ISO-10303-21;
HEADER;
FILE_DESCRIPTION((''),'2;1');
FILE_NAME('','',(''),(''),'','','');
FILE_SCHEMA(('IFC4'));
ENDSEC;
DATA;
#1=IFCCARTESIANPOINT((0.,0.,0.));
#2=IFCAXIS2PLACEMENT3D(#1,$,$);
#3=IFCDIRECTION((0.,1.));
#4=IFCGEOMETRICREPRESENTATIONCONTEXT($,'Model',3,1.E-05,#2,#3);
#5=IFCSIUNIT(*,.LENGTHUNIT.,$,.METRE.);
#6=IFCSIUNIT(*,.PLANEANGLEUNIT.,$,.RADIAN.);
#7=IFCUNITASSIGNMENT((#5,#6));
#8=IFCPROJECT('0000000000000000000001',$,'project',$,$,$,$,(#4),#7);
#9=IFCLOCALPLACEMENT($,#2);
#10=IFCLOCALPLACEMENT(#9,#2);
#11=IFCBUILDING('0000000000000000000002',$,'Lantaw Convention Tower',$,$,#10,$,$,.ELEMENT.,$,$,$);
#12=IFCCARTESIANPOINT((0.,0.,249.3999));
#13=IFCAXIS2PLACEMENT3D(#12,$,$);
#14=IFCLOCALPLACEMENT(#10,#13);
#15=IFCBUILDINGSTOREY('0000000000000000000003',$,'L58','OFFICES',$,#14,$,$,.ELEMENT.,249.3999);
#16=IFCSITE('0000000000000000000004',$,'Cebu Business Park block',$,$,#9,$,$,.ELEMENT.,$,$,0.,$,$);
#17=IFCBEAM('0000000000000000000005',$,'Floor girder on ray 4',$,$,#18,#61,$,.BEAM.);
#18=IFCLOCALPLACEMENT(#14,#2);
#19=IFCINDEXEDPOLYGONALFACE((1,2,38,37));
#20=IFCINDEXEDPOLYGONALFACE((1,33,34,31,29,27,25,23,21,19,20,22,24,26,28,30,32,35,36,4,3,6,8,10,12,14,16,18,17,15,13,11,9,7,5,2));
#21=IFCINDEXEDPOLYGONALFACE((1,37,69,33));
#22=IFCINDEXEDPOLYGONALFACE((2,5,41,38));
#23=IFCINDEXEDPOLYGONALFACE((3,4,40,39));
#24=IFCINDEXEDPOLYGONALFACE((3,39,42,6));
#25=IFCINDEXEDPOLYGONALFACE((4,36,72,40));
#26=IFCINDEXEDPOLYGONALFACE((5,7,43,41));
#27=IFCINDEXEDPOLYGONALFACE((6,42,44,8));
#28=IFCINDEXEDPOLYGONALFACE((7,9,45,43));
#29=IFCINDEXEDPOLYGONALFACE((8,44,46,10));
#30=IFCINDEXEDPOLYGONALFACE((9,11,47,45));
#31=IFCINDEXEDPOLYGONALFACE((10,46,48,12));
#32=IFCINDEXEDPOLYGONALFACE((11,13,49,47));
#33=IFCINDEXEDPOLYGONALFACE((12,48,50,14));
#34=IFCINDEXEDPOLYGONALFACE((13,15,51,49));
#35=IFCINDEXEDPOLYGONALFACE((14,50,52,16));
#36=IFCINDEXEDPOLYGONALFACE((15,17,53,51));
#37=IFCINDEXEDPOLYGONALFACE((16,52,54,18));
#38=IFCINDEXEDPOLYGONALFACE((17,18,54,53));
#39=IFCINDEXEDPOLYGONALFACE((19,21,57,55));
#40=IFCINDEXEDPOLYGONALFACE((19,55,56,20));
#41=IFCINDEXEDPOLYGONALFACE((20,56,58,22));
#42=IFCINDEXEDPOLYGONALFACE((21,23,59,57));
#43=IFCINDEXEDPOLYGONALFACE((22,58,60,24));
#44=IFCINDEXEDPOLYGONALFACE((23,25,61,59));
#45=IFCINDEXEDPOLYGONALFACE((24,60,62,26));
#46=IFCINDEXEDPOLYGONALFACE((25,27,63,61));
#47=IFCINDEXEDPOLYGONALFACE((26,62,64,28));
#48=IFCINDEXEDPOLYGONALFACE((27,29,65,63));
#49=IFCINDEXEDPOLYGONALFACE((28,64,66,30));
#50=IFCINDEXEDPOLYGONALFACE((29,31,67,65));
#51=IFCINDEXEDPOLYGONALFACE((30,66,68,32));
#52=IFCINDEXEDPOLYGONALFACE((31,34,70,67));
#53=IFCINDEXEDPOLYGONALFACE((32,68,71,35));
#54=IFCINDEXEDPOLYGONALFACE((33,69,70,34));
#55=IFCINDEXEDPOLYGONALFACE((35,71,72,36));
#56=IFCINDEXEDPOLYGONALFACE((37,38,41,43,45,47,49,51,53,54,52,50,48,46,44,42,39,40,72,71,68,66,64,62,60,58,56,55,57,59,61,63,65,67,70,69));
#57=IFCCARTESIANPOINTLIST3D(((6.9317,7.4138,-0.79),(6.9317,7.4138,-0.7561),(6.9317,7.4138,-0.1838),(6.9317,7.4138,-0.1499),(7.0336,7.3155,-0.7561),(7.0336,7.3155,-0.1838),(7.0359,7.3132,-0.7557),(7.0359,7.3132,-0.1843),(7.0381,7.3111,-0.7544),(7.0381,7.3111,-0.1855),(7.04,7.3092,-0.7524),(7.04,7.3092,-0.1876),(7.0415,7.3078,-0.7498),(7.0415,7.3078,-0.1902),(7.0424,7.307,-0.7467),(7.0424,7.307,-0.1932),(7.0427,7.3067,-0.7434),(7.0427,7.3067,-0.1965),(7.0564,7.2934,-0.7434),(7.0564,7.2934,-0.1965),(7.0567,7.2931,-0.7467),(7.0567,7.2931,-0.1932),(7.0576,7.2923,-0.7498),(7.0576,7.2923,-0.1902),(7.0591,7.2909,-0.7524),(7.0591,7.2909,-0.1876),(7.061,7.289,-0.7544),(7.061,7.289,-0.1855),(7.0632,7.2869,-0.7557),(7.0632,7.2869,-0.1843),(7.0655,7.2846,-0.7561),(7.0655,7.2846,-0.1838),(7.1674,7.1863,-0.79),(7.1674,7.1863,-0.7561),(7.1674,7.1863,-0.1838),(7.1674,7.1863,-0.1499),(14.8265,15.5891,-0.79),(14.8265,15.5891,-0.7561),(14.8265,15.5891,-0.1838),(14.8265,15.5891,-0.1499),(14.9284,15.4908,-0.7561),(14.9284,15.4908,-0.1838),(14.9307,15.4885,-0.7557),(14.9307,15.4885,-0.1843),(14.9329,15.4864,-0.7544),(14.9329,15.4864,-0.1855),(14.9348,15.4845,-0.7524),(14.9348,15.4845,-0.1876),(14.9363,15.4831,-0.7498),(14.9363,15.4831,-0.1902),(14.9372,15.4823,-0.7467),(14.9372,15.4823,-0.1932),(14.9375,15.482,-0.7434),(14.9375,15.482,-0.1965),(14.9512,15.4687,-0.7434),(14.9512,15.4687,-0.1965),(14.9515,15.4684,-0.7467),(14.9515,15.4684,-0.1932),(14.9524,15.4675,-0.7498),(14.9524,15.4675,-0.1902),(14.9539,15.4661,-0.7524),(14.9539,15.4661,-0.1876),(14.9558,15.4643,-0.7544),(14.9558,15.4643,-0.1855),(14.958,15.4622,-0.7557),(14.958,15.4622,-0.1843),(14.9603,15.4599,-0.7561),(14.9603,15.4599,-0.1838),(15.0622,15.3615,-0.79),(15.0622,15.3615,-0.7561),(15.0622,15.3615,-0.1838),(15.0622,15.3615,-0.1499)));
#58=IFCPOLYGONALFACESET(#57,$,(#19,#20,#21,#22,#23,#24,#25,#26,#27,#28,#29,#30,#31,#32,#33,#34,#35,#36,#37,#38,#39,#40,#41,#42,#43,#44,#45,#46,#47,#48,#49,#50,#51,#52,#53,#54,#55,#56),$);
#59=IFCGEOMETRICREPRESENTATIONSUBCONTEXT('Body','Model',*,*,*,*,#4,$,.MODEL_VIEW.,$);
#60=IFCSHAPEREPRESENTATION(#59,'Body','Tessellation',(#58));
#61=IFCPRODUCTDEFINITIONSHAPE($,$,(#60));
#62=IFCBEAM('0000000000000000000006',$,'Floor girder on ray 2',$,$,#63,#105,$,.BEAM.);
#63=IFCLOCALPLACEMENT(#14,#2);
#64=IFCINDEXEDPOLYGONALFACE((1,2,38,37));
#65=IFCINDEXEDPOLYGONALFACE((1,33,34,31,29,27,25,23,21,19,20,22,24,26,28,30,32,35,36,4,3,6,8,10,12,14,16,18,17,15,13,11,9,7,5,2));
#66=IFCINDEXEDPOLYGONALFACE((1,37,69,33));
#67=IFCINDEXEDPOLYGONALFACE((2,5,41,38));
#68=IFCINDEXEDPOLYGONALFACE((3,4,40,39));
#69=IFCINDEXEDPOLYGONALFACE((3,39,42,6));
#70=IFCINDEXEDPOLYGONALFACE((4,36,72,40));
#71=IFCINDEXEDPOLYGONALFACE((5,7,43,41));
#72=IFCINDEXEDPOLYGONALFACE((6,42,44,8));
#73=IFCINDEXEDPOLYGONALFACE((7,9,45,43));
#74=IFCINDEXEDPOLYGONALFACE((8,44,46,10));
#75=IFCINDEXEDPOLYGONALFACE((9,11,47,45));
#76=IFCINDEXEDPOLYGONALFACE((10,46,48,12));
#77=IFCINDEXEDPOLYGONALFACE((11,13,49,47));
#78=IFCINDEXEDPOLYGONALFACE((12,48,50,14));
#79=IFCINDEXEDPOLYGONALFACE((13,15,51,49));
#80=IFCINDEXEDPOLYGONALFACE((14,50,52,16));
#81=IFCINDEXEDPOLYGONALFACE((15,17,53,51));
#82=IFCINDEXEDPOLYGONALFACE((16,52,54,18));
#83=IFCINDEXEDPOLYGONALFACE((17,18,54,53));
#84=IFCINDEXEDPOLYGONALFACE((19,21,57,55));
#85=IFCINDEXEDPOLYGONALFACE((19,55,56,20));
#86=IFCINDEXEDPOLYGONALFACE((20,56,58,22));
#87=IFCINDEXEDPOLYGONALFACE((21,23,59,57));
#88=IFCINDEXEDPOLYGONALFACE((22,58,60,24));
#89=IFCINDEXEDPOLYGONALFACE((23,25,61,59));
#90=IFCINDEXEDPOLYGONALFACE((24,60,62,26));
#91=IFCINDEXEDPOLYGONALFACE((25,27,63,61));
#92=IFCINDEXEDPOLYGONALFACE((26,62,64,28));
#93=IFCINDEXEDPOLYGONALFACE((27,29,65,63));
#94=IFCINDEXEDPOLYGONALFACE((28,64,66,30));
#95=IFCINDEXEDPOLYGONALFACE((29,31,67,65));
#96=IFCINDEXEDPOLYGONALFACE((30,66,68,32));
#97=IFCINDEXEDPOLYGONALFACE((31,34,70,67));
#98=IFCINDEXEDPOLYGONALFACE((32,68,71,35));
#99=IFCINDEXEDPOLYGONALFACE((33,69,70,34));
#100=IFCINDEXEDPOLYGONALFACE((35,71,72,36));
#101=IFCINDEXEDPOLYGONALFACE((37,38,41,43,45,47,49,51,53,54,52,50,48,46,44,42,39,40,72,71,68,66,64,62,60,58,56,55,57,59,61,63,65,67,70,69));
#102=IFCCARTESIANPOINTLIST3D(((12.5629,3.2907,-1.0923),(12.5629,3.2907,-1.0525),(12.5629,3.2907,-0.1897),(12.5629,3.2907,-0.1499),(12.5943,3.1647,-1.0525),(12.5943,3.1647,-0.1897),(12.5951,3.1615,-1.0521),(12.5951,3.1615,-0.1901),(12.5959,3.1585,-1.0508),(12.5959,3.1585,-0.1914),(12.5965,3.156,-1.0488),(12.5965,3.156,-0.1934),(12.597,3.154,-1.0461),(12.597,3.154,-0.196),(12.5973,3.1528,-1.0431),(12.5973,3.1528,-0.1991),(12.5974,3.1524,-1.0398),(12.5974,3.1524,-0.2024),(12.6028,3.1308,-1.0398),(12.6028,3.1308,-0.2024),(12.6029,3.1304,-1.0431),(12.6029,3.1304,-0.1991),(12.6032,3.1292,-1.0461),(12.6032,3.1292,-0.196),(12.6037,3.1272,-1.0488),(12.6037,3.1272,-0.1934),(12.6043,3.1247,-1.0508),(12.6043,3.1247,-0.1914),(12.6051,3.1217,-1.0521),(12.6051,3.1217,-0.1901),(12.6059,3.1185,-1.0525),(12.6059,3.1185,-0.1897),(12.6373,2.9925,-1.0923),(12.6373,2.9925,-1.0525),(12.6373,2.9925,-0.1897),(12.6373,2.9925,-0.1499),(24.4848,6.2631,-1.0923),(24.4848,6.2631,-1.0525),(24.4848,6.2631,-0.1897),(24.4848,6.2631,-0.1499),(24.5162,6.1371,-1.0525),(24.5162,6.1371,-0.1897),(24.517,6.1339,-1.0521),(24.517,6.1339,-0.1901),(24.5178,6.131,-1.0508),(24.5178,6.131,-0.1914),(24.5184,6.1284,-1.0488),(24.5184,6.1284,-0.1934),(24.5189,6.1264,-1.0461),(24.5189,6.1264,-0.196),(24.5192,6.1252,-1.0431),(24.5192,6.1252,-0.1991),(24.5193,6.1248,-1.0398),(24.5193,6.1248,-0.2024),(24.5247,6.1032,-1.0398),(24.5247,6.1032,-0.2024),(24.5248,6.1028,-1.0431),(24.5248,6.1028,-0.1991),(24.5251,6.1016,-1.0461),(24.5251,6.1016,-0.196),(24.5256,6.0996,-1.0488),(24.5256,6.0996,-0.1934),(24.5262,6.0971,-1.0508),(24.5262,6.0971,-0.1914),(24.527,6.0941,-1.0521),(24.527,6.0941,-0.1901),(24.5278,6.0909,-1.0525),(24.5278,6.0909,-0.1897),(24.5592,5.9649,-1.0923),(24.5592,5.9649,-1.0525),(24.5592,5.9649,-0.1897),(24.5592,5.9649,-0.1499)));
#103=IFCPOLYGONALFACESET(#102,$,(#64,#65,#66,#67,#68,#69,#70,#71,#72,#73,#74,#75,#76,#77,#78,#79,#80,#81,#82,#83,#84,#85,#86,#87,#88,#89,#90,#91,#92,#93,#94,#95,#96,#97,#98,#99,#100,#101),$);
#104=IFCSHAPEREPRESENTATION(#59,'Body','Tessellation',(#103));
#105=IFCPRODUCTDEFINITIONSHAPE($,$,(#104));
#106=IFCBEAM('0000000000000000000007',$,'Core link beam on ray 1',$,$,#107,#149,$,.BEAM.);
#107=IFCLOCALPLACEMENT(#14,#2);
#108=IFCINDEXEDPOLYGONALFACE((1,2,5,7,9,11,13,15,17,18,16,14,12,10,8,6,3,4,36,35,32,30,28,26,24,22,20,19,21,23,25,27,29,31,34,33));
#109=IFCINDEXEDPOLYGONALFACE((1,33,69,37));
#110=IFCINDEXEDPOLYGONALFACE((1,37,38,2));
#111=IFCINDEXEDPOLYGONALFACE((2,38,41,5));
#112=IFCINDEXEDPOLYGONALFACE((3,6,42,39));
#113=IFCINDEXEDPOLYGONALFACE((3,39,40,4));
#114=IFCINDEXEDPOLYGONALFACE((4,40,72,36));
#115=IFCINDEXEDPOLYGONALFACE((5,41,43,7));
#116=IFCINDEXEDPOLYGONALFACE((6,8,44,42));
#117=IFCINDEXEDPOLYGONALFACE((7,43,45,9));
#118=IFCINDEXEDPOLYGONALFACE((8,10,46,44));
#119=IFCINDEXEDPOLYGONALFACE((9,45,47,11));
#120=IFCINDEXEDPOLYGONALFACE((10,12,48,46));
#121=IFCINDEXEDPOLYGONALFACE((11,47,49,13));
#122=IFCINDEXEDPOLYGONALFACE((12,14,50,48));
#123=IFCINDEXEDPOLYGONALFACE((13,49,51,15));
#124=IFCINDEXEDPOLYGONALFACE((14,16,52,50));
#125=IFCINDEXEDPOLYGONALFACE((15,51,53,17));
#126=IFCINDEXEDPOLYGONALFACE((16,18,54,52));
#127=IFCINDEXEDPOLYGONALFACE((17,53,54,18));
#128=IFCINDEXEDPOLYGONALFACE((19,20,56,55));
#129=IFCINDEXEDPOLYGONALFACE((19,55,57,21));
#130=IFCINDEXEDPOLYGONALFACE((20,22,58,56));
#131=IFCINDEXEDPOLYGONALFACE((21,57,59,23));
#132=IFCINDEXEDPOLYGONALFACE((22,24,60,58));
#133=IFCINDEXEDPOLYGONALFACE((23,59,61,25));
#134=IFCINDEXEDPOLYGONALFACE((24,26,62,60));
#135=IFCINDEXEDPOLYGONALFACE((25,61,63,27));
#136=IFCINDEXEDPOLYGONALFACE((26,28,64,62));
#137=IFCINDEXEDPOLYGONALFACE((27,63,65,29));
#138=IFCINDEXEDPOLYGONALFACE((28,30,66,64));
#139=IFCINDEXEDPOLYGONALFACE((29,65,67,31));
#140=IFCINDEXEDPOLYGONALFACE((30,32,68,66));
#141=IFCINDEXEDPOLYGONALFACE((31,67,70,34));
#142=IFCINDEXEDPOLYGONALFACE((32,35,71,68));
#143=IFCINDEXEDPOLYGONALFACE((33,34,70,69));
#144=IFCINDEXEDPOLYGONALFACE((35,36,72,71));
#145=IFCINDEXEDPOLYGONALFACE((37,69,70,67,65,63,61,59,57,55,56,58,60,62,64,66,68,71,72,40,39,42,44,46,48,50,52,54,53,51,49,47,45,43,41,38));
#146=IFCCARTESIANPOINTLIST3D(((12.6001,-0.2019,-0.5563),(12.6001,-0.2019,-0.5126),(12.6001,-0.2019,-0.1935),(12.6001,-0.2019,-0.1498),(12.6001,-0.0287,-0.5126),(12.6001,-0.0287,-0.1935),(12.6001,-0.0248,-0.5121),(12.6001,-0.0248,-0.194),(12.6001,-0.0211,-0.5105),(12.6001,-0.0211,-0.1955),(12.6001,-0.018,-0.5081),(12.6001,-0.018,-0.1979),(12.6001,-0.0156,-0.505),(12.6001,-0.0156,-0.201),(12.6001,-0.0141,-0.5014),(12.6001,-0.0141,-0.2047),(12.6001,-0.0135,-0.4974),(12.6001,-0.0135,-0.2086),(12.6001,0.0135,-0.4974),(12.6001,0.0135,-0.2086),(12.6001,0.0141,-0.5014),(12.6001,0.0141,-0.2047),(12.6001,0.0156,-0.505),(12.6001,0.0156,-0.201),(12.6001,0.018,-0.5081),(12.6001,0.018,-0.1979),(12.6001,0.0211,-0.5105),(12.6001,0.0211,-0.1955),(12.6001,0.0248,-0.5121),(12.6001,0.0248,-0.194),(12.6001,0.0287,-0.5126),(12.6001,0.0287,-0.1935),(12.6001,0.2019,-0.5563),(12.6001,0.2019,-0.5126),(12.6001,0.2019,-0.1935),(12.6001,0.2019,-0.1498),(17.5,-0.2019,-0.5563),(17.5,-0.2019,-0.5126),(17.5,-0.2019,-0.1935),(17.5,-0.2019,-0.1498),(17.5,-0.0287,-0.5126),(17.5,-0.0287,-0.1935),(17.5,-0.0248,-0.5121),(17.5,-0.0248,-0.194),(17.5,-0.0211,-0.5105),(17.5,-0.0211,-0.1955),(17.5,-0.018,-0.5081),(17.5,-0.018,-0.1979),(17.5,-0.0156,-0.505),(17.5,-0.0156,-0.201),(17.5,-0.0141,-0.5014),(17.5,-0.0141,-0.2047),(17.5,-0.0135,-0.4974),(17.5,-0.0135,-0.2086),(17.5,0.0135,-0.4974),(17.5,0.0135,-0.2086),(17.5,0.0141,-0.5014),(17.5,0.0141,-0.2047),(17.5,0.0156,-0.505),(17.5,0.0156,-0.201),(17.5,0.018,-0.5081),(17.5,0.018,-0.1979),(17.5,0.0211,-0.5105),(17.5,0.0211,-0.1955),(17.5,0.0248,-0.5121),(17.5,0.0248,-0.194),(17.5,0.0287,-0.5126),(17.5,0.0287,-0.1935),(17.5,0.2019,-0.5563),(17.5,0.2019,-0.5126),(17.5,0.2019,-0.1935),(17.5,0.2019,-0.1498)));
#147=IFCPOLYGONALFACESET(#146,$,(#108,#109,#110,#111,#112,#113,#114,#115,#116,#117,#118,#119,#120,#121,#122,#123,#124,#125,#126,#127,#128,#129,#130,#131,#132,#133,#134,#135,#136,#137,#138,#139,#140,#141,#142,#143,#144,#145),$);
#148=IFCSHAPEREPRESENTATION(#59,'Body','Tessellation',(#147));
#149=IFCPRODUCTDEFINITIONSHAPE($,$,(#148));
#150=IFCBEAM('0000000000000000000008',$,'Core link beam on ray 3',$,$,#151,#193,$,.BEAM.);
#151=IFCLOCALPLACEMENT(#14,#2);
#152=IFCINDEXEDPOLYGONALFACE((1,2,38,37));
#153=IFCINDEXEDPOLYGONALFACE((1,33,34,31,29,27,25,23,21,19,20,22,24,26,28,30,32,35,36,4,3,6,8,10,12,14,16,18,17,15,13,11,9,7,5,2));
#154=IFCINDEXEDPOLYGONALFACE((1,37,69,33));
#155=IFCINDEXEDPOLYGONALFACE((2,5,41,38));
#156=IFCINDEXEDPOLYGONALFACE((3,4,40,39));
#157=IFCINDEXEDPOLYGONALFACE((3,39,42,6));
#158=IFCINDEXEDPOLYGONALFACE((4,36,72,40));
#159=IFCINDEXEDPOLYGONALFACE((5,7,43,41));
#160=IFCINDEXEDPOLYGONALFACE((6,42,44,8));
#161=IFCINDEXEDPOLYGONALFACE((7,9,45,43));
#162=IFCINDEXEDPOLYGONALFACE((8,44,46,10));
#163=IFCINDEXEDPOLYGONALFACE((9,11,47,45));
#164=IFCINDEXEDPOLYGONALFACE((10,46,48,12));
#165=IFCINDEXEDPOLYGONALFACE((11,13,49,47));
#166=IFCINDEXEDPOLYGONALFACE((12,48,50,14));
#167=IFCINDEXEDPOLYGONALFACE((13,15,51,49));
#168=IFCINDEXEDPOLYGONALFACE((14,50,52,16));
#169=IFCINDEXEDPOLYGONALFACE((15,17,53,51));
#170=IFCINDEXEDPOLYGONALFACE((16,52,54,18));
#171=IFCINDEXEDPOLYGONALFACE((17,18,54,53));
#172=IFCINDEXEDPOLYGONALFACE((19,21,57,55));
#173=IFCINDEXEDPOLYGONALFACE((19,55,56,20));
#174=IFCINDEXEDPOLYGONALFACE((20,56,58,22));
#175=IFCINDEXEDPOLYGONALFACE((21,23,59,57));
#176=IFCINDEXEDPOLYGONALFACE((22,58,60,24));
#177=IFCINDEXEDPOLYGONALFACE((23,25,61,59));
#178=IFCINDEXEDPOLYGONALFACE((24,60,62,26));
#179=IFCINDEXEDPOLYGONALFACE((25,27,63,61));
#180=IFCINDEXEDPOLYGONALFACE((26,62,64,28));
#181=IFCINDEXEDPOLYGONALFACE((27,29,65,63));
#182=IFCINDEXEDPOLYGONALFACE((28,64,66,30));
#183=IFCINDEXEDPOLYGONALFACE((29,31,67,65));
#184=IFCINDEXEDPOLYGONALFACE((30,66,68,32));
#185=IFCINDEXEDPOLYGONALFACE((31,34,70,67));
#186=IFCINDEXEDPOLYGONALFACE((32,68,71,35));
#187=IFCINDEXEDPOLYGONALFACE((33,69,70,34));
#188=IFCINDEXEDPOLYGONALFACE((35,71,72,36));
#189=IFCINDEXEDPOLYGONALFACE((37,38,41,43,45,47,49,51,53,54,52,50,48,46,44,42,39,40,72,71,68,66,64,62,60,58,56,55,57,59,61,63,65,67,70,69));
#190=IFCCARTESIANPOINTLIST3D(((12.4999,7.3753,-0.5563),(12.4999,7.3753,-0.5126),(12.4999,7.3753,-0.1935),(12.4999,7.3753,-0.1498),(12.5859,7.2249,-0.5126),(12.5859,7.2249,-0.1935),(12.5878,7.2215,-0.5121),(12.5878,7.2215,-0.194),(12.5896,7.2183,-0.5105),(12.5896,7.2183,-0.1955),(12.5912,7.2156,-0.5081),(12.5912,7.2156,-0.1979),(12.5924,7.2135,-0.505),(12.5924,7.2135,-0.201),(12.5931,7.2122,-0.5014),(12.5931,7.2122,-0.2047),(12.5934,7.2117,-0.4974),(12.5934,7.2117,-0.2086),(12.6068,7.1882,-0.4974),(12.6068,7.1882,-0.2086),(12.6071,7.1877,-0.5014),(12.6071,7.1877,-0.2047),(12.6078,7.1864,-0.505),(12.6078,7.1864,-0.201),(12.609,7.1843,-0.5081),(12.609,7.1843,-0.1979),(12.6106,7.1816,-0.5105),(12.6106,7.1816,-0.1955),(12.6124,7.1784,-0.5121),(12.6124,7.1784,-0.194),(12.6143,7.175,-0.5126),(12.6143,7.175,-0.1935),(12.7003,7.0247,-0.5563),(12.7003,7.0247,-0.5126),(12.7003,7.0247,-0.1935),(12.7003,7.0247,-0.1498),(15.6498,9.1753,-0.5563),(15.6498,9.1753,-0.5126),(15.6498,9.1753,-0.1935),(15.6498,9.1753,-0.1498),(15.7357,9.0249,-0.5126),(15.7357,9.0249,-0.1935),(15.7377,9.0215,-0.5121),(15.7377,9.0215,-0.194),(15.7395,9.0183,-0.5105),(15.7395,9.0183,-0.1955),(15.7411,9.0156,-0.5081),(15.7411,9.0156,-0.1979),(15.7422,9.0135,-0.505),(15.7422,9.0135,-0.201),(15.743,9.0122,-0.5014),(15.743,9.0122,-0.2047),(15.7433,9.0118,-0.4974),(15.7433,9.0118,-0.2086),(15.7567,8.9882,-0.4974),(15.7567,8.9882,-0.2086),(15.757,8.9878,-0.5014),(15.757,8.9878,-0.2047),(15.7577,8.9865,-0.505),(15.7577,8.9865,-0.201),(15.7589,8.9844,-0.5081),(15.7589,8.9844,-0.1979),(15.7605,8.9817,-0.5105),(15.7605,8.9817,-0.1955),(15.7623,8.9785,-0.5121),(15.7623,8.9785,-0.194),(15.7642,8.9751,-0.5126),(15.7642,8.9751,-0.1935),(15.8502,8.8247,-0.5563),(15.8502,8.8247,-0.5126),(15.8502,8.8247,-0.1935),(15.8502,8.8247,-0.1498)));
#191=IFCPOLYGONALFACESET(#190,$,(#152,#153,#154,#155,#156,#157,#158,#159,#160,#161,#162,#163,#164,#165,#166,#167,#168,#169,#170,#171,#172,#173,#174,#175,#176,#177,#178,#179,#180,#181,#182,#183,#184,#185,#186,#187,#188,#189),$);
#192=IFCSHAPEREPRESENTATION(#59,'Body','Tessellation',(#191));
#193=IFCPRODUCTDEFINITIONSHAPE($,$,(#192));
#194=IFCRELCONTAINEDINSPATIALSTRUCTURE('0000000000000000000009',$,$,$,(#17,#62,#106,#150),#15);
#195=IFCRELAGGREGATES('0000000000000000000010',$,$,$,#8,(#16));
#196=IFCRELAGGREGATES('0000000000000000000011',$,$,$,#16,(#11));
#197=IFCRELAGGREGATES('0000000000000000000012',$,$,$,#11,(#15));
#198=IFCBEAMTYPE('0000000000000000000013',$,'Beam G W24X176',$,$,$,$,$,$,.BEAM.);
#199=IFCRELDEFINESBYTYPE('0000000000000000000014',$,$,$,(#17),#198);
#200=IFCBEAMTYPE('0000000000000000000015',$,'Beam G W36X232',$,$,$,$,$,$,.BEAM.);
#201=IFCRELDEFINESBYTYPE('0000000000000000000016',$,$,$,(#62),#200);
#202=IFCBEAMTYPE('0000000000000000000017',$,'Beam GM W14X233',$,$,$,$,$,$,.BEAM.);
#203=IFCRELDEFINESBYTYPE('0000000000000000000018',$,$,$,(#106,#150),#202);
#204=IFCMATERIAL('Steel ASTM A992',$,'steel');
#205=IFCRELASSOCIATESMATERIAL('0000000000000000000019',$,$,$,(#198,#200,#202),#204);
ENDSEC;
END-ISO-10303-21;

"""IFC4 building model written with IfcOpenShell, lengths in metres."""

from ifc_helpers import new_model, si_unit, direction, frame, origin, origin_2d, place, context, subcontext, project, spatial, i_section, extrude, material, material_profile, profile_set, type_object, element, save


model = new_model("IFC4")

# Units and contexts
model_context = context("Model", 3, precision=1e-05, world=origin(), true_north=direction((0.0, 1.0)))
body_context = subcontext(model_context, "Body", "Model", "MODEL_VIEW")
ifc_project = project(units=[si_unit("LENGTHUNIT", "METRE"), si_unit("PLANEANGLEUNIT", "RADIAN")], contexts=[model_context])

# Site, building, storey
site_placement = place(None, origin())
site = spatial("IfcSite", under=ifc_project, at=site_placement, Name="Cebu Business Park block", CompositionType="ELEMENT", RefElevation=0.0)
building_placement = place(site_placement, origin())
building = spatial("IfcBuilding", under=site, at=building_placement, Name="Lantaw Convention Tower", CompositionType="ELEMENT")
storey_placement = place(building_placement, frame((0.0, 0.0, 249.3999)))
storey = spatial("IfcBuildingStorey", under=building, at=storey_placement, Name="L58", Description="OFFICES", CompositionType="ELEMENT", Elevation=249.3999)

# Beams
ifc_material_1 = material(Name="Steel ASTM A992", Category="steel")
ifc_material_profile_1 = material_profile(ifc_material_1, i_section(OverallWidth=0.3276, OverallDepth=0.6401, WebThickness=0.019, FlangeThickness=0.0339, FilletRadius=0.0127, at=origin_2d()), Name="W24X176")
ifc_profile_set_1 = profile_set([ifc_material_profile_1], Name="Steel ASTM A992")
beam_type_1 = type_object("IfcBeamType", Name="Beam G W24X176", PredefinedType="BEAM", material=ifc_profile_set_1)
beam_1_placement = place(storey_placement, frame((7.0496, 7.3, -0.47), z_axis=(0.694658, 0.71934, 0.0), x_axis=(-0.71934, 0.694658, 0.0)))
element("IfcBeam", 1, at=beam_1_placement, inside=storey, type_object=beam_type_1, Name="Floor girder on ray 4", PredefinedType="BEAM", context=body_context, shape_type="SweptSolid", body=[
    extrude(i_section(OverallWidth=0.3276, OverallDepth=0.6401, WebThickness=0.019, FlangeThickness=0.0339, FilletRadius=0.0127, at=origin_2d()), origin(), (0.0, 0.0, 1.0), 11.365),
])
ifc_material_profile_2 = material_profile(ifc_material_1, i_section(OverallWidth=0.3074, OverallDepth=0.9424, WebThickness=0.0222, FlangeThickness=0.0398, FilletRadius=0.0127, at=origin_2d()), Name="W36X232")
ifc_profile_set_2 = profile_set([ifc_material_profile_2], Name="Steel ASTM A992")
beam_type_2 = type_object("IfcBeamType", Name="Beam G W36X232", PredefinedType="BEAM", material=ifc_profile_set_2)
beam_2_placement = place(storey_placement, frame((12.6001, 3.1416, -0.6211), z_axis=(0.970297, 0.241918, 0.0), x_axis=(-0.241918, 0.970297, 0.0)))
element("IfcBeam", 2, at=beam_2_placement, inside=storey, type_object=beam_type_2, Name="Floor girder on ray 2", PredefinedType="BEAM", context=body_context, shape_type="SweptSolid", body=[
    extrude(i_section(OverallWidth=0.3074, OverallDepth=0.9424, WebThickness=0.0222, FlangeThickness=0.0398, FilletRadius=0.0127, at=origin_2d()), origin(), (0.0, 0.0, 1.0), 12.2869),
])
ifc_material_profile_3 = material_profile(ifc_material_1, i_section(OverallWidth=0.4038, OverallDepth=0.4065, WebThickness=0.0271, FlangeThickness=0.0437, FilletRadius=0.0151, at=origin_2d()), Name="W14X233")
ifc_profile_set_3 = profile_set([ifc_material_profile_3], Name="Steel ASTM A992")
beam_type_3 = type_object("IfcBeamType", Name="Beam GM W14X233", PredefinedType="BEAM", material=ifc_profile_set_3)
beam_3_placement = place(storey_placement, frame((12.6001, 0.0, -0.353), z_axis=(1.0, 0.0, 0.0), x_axis=(0.0, 1.0, 0.0)))
element("IfcBeam", 3, at=beam_3_placement, inside=storey, type_object=beam_type_3, Name="Core link beam on ray 1", PredefinedType="BEAM", context=body_context, shape_type="SweptSolid", body=[
    extrude(i_section(OverallWidth=0.4038, OverallDepth=0.4065, WebThickness=0.0271, FlangeThickness=0.0437, FilletRadius=0.0151, at=origin_2d()), origin(), (0.0, 0.0, 1.0), 4.8999),
])
beam_4_placement = place(storey_placement, frame((12.6001, 7.2, -0.353), z_axis=(0.868231, 0.496161, 0.0), x_axis=(-0.496161, 0.868231, 0.0)))
element("IfcBeam", 4, at=beam_4_placement, inside=storey, type_object=beam_type_3, Name="Core link beam on ray 3", PredefinedType="BEAM", context=body_context, shape_type="SweptSolid", body=[
    extrude(i_section(OverallWidth=0.4038, OverallDepth=0.4065, WebThickness=0.0271, FlangeThickness=0.0437, FilletRadius=0.0151, at=origin_2d()), origin(), (0.0, 0.0, 1.0), 3.6279),
])

save(model, "model.ifc")
